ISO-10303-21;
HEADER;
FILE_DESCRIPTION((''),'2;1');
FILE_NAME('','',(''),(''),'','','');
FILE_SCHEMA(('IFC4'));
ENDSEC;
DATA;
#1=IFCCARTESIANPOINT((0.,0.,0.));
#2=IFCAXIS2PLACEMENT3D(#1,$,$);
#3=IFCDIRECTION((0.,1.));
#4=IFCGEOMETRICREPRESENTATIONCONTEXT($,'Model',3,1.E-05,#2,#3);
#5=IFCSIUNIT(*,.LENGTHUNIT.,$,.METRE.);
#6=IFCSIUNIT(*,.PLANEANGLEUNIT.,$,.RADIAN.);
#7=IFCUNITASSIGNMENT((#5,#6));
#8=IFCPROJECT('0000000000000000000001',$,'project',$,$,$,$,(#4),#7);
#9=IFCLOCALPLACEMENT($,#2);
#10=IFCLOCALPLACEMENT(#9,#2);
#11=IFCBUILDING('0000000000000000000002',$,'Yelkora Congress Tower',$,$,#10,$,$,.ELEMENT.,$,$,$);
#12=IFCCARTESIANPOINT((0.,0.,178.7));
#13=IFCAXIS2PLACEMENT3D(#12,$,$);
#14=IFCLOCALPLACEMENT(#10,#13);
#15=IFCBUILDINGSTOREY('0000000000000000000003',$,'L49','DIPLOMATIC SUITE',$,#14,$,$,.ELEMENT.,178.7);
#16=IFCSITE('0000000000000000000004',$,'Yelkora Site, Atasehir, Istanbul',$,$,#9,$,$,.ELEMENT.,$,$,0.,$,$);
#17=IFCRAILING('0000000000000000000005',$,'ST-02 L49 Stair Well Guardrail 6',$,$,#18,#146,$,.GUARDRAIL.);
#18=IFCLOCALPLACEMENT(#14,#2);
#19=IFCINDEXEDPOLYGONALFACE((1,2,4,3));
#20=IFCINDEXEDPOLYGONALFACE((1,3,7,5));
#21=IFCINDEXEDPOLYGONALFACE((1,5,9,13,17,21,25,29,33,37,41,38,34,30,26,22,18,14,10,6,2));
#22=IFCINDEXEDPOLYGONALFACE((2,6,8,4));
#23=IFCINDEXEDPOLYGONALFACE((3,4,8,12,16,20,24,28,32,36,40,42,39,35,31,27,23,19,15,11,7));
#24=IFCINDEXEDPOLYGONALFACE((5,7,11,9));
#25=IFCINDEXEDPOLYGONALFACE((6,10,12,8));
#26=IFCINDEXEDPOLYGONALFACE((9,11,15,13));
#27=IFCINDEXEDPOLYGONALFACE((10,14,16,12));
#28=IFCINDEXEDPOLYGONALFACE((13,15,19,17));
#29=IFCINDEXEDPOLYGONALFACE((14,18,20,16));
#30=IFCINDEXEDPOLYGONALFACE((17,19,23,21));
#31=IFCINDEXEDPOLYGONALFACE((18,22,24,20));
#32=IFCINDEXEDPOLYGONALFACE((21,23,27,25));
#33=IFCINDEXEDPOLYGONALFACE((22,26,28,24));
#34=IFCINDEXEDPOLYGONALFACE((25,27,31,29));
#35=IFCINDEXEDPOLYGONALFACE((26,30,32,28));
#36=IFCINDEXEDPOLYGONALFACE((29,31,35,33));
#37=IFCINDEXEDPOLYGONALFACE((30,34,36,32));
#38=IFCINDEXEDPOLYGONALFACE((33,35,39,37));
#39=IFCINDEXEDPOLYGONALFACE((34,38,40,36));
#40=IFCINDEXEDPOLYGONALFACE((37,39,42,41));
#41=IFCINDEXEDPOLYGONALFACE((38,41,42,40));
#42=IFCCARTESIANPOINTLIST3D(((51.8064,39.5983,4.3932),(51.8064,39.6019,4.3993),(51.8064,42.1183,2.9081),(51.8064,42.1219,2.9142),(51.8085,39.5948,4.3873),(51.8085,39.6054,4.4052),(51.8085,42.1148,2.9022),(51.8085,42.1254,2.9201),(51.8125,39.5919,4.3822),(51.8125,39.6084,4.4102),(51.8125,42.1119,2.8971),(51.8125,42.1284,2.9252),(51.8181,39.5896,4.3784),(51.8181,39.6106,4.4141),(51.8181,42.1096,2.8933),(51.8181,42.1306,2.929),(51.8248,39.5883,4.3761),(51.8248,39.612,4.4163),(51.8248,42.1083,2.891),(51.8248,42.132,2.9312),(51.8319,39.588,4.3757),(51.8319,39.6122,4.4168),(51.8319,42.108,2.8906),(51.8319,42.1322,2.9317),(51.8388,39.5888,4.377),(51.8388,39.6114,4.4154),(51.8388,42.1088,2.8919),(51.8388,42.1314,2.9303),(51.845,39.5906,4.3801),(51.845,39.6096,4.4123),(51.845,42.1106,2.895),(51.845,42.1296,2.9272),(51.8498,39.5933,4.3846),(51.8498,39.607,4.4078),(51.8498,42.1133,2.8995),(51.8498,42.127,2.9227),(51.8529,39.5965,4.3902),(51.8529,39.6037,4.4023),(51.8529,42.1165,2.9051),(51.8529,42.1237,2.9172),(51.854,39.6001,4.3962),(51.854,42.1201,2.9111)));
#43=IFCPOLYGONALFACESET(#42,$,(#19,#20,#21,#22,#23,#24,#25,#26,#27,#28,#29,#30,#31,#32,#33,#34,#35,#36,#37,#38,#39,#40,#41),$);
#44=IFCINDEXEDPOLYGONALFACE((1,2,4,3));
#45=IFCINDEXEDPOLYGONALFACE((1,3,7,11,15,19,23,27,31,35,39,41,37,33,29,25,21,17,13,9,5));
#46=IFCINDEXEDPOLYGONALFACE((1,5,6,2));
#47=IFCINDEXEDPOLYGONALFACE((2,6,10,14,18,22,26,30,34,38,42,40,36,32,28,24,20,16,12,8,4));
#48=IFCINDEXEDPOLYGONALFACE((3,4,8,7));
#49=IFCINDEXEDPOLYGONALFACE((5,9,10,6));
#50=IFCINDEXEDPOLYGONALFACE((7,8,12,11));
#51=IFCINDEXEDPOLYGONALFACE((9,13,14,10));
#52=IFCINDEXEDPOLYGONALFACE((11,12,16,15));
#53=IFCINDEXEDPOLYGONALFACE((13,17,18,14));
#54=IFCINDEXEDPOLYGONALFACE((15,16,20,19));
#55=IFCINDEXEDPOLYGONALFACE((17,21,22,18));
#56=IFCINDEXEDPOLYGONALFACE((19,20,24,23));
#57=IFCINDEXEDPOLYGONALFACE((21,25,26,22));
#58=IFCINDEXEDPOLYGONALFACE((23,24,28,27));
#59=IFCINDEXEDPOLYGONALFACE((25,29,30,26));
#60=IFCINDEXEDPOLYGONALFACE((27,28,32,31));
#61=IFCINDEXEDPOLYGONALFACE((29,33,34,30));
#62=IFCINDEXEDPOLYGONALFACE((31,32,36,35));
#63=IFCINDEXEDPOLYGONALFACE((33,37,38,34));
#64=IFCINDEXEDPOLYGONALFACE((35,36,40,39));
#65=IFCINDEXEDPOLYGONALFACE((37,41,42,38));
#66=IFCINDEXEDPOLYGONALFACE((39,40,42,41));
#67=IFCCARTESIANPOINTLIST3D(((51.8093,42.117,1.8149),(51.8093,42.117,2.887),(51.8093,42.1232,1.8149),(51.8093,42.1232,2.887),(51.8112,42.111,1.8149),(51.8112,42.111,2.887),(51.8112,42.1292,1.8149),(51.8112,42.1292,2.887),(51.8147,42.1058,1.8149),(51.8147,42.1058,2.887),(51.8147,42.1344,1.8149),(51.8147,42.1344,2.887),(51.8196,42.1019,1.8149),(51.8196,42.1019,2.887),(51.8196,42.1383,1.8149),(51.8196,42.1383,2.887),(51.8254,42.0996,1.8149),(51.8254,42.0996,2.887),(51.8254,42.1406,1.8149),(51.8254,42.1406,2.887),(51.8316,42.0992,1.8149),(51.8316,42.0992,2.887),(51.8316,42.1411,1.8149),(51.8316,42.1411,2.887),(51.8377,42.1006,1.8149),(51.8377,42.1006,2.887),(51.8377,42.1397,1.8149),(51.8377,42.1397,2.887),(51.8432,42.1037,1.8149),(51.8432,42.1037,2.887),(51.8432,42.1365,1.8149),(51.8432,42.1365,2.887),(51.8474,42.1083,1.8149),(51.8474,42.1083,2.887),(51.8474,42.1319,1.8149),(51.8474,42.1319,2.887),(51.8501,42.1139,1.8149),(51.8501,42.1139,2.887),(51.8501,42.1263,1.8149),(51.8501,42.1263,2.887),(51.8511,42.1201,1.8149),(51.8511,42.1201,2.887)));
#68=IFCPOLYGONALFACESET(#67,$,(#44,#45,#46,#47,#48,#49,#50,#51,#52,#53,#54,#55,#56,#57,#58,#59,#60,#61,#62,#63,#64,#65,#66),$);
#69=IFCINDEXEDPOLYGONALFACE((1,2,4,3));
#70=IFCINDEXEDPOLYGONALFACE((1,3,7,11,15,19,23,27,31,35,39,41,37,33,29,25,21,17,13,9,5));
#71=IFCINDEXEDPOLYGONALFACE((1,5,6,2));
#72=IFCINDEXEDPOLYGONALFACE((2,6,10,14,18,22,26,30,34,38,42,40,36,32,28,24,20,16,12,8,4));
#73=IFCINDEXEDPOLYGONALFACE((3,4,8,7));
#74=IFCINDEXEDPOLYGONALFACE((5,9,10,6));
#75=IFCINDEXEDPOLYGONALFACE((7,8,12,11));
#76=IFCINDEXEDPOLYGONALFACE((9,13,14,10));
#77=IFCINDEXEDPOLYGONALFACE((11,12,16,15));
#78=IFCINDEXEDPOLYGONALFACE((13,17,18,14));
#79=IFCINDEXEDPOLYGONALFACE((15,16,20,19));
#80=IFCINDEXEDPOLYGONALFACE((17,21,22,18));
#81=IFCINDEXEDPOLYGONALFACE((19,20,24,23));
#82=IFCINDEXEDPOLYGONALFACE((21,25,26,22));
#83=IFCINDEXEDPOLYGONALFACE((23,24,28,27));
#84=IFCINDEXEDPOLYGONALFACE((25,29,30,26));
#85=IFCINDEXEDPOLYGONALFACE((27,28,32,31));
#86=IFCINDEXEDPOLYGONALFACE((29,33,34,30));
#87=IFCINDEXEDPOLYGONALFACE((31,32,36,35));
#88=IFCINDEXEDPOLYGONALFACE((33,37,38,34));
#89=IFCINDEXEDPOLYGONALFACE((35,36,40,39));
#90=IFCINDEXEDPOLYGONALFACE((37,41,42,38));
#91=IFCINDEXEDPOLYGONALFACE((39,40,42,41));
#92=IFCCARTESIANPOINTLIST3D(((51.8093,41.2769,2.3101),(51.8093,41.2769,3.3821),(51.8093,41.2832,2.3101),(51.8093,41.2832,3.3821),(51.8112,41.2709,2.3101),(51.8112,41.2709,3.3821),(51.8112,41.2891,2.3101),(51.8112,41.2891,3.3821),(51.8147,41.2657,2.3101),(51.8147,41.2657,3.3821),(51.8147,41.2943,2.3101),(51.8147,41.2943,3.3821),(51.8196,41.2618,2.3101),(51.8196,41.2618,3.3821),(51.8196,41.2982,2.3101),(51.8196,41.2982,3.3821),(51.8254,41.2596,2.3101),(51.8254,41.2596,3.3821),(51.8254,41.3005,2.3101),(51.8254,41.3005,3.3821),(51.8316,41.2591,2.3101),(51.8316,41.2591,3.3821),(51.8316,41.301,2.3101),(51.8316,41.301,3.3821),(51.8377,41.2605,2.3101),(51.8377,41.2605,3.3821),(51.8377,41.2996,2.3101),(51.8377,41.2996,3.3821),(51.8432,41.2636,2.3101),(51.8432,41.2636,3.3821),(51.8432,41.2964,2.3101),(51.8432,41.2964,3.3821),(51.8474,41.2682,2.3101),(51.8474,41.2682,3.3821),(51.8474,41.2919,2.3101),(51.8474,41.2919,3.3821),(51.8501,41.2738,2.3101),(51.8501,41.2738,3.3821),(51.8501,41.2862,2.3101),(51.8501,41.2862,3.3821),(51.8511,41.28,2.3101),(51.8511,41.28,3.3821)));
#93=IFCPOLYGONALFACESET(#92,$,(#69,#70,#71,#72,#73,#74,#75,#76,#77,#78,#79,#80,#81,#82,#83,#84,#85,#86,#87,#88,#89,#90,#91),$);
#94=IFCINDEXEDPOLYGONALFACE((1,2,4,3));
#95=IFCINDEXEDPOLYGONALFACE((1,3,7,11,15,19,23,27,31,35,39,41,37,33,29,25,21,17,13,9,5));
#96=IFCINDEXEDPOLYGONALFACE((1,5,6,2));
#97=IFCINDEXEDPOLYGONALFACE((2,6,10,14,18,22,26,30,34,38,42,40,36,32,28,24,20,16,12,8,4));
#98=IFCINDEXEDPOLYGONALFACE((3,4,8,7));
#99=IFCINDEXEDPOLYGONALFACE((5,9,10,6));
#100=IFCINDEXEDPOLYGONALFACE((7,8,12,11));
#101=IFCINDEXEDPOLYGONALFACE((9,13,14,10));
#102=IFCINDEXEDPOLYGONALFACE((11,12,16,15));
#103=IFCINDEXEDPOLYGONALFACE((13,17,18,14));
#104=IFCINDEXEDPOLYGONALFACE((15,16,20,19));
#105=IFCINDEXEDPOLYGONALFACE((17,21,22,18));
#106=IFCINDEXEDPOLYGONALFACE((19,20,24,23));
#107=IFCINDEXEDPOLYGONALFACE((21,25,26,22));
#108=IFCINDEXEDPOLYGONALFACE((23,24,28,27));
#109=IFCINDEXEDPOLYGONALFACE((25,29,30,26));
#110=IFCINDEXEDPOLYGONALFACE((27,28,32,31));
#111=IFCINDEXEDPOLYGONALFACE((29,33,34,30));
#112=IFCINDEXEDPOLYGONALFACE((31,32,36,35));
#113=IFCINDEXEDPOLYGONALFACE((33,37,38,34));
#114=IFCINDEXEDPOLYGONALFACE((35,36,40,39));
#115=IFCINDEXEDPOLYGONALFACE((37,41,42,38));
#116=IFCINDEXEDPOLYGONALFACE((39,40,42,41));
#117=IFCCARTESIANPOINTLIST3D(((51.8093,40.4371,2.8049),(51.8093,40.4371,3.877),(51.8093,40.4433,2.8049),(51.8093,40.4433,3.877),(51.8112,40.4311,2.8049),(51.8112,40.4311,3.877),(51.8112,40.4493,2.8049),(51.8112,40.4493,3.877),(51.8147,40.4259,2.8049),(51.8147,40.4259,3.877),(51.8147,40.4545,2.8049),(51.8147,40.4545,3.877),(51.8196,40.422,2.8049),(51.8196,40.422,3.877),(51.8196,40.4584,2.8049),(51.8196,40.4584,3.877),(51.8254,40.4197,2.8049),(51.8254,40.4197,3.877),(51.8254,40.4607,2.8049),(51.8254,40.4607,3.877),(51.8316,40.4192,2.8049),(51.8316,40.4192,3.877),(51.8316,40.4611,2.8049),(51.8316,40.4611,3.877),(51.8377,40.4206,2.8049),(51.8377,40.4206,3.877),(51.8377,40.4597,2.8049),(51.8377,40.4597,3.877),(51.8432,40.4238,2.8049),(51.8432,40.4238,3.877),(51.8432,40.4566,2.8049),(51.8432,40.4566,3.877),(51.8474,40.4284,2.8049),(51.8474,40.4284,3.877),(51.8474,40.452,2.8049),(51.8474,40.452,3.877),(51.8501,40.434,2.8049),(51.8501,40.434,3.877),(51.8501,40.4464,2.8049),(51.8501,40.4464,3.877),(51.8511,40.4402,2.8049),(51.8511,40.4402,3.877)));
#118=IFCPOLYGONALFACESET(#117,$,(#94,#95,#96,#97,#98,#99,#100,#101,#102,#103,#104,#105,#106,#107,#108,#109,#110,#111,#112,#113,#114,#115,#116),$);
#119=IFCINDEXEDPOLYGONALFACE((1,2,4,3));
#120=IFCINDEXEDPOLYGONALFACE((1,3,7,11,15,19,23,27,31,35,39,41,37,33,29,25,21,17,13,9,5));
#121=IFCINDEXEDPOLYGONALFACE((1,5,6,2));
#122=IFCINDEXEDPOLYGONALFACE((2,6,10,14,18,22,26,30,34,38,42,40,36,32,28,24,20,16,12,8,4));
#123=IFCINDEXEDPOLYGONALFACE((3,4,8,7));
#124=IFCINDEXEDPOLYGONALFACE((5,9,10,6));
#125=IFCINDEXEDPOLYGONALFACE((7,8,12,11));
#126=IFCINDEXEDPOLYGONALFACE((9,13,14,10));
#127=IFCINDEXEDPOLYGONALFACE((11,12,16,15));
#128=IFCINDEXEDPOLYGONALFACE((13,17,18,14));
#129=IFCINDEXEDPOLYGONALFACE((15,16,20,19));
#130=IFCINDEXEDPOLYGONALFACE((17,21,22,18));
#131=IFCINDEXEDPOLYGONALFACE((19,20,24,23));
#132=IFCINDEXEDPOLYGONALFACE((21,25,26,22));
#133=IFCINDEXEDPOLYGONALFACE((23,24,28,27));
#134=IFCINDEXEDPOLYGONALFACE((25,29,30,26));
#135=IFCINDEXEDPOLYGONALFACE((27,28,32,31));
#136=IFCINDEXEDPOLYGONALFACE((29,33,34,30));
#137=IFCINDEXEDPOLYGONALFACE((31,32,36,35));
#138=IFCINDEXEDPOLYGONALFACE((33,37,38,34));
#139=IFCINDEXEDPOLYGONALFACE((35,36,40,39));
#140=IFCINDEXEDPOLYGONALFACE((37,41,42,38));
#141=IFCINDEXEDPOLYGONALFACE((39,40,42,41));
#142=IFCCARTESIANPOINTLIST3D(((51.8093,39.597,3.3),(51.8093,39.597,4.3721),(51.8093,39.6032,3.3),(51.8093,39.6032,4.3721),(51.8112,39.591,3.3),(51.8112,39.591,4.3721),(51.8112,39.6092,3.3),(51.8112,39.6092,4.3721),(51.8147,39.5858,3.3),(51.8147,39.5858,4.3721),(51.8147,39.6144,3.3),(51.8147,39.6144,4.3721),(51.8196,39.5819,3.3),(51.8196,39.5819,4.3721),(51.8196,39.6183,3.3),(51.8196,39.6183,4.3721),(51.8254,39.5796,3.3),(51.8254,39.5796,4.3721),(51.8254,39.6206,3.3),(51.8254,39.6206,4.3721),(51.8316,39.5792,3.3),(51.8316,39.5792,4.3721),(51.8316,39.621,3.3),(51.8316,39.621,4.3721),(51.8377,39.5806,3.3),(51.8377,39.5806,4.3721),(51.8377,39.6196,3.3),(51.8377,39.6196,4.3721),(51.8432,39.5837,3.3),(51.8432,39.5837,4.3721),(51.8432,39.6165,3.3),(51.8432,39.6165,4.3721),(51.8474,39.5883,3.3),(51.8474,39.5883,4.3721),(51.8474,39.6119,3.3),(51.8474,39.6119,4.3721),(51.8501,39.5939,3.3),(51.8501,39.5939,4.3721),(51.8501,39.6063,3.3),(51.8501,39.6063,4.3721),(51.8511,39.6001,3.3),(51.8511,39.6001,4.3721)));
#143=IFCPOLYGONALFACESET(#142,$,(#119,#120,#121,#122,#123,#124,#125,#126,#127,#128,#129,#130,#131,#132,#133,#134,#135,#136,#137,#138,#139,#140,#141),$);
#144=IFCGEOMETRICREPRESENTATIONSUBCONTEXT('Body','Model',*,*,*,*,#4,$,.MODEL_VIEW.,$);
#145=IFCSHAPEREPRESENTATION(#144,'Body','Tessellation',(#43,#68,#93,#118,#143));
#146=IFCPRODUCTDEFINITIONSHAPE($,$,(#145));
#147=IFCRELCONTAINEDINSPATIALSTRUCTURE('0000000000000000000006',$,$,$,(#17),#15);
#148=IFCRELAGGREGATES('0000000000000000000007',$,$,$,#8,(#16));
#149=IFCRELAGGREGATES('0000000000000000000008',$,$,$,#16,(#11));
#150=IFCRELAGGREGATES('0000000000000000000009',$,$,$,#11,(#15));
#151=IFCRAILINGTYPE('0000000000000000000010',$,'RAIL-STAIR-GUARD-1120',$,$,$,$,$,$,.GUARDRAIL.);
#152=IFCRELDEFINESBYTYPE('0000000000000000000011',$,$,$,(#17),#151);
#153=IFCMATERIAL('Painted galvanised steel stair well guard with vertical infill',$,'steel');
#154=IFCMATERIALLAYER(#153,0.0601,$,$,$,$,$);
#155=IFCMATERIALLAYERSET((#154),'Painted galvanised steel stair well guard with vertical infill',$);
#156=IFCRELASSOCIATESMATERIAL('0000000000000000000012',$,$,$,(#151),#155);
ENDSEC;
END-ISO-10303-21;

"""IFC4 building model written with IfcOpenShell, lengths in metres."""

from ifc_helpers import new_model, si_unit, direction, frame, origin, origin_2d, place, context, subcontext, project, spatial, circle, extrude, material, layer, layer_set, type_object, element, save


model = new_model("IFC4")

# Units and contexts
model_context = context("Model", 3, precision=1e-05, world=origin(), true_north=direction((0.0, 1.0)))
body_context = subcontext(model_context, "Body", "Model", "MODEL_VIEW")
ifc_project = project(units=[si_unit("LENGTHUNIT", "METRE"), si_unit("PLANEANGLEUNIT", "RADIAN")], contexts=[model_context])

# Site, building, storey
site_placement = place(None, origin())
site = spatial("IfcSite", under=ifc_project, at=site_placement, Name="Yelkora Site, Atasehir, Istanbul", CompositionType="ELEMENT", RefElevation=0.0)
building_placement = place(site_placement, origin())
building = spatial("IfcBuilding", under=site, at=building_placement, Name="Yelkora Congress Tower", CompositionType="ELEMENT")
storey_placement = place(building_placement, frame((0.0, 0.0, 178.7)))
storey = spatial("IfcBuildingStorey", under=building, at=storey_placement, Name="L49", Description="DIPLOMATIC SUITE", CompositionType="ELEMENT", Elevation=178.7)

# Railing
ifc_material_1 = material(Name="Painted galvanised steel stair well guard with vertical infill", Category="steel")
ifc_layer_1 = layer(ifc_material_1, 0.0601)
ifc_layer_set_1 = layer_set([ifc_layer_1], Name="Painted galvanised steel stair well guard with vertical infill")
railing_type_1 = type_object("IfcRailingType", Name="RAIL-STAIR-GUARD-1120", PredefinedType="GUARDRAIL", material=ifc_layer_set_1)
railing_1_placement = place(storey_placement, frame((51.8301, 42.1201, 1.8149)))
element("IfcRailing", 1, at=railing_1_placement, inside=storey, type_object=railing_type_1, Name="ST-02 L49 Stair Well Guardrail 6", PredefinedType="GUARDRAIL", context=body_context, shape_type="SweptSolid", body=[
    extrude(circle(Radius=0.0239, at=origin_2d()), frame((0.0, 0.0, 1.0962), z_axis=(0.0, -0.861524, 0.507717), x_axis=(1.0, 0.0, 0.0)), (0.0, 0.0, 1.0), 2.925),
    extrude(circle(Radius=0.021, at=origin_2d()), origin(), (0.0, 0.0, 1.0), 1.072),
    extrude(circle(Radius=0.021, at=origin_2d()), frame((0.0, -0.8401, 0.4951)), (0.0, 0.0, 1.0), 1.072),
    extrude(circle(Radius=0.021, at=origin_2d()), frame((0.0, -1.6799, 0.99)), (0.0, 0.0, 1.0), 1.072),
    extrude(circle(Radius=0.021, at=origin_2d()), frame((0.0, -2.52, 1.4851)), (0.0, 0.0, 1.0), 1.072),
])

save(model, "model.ifc")
